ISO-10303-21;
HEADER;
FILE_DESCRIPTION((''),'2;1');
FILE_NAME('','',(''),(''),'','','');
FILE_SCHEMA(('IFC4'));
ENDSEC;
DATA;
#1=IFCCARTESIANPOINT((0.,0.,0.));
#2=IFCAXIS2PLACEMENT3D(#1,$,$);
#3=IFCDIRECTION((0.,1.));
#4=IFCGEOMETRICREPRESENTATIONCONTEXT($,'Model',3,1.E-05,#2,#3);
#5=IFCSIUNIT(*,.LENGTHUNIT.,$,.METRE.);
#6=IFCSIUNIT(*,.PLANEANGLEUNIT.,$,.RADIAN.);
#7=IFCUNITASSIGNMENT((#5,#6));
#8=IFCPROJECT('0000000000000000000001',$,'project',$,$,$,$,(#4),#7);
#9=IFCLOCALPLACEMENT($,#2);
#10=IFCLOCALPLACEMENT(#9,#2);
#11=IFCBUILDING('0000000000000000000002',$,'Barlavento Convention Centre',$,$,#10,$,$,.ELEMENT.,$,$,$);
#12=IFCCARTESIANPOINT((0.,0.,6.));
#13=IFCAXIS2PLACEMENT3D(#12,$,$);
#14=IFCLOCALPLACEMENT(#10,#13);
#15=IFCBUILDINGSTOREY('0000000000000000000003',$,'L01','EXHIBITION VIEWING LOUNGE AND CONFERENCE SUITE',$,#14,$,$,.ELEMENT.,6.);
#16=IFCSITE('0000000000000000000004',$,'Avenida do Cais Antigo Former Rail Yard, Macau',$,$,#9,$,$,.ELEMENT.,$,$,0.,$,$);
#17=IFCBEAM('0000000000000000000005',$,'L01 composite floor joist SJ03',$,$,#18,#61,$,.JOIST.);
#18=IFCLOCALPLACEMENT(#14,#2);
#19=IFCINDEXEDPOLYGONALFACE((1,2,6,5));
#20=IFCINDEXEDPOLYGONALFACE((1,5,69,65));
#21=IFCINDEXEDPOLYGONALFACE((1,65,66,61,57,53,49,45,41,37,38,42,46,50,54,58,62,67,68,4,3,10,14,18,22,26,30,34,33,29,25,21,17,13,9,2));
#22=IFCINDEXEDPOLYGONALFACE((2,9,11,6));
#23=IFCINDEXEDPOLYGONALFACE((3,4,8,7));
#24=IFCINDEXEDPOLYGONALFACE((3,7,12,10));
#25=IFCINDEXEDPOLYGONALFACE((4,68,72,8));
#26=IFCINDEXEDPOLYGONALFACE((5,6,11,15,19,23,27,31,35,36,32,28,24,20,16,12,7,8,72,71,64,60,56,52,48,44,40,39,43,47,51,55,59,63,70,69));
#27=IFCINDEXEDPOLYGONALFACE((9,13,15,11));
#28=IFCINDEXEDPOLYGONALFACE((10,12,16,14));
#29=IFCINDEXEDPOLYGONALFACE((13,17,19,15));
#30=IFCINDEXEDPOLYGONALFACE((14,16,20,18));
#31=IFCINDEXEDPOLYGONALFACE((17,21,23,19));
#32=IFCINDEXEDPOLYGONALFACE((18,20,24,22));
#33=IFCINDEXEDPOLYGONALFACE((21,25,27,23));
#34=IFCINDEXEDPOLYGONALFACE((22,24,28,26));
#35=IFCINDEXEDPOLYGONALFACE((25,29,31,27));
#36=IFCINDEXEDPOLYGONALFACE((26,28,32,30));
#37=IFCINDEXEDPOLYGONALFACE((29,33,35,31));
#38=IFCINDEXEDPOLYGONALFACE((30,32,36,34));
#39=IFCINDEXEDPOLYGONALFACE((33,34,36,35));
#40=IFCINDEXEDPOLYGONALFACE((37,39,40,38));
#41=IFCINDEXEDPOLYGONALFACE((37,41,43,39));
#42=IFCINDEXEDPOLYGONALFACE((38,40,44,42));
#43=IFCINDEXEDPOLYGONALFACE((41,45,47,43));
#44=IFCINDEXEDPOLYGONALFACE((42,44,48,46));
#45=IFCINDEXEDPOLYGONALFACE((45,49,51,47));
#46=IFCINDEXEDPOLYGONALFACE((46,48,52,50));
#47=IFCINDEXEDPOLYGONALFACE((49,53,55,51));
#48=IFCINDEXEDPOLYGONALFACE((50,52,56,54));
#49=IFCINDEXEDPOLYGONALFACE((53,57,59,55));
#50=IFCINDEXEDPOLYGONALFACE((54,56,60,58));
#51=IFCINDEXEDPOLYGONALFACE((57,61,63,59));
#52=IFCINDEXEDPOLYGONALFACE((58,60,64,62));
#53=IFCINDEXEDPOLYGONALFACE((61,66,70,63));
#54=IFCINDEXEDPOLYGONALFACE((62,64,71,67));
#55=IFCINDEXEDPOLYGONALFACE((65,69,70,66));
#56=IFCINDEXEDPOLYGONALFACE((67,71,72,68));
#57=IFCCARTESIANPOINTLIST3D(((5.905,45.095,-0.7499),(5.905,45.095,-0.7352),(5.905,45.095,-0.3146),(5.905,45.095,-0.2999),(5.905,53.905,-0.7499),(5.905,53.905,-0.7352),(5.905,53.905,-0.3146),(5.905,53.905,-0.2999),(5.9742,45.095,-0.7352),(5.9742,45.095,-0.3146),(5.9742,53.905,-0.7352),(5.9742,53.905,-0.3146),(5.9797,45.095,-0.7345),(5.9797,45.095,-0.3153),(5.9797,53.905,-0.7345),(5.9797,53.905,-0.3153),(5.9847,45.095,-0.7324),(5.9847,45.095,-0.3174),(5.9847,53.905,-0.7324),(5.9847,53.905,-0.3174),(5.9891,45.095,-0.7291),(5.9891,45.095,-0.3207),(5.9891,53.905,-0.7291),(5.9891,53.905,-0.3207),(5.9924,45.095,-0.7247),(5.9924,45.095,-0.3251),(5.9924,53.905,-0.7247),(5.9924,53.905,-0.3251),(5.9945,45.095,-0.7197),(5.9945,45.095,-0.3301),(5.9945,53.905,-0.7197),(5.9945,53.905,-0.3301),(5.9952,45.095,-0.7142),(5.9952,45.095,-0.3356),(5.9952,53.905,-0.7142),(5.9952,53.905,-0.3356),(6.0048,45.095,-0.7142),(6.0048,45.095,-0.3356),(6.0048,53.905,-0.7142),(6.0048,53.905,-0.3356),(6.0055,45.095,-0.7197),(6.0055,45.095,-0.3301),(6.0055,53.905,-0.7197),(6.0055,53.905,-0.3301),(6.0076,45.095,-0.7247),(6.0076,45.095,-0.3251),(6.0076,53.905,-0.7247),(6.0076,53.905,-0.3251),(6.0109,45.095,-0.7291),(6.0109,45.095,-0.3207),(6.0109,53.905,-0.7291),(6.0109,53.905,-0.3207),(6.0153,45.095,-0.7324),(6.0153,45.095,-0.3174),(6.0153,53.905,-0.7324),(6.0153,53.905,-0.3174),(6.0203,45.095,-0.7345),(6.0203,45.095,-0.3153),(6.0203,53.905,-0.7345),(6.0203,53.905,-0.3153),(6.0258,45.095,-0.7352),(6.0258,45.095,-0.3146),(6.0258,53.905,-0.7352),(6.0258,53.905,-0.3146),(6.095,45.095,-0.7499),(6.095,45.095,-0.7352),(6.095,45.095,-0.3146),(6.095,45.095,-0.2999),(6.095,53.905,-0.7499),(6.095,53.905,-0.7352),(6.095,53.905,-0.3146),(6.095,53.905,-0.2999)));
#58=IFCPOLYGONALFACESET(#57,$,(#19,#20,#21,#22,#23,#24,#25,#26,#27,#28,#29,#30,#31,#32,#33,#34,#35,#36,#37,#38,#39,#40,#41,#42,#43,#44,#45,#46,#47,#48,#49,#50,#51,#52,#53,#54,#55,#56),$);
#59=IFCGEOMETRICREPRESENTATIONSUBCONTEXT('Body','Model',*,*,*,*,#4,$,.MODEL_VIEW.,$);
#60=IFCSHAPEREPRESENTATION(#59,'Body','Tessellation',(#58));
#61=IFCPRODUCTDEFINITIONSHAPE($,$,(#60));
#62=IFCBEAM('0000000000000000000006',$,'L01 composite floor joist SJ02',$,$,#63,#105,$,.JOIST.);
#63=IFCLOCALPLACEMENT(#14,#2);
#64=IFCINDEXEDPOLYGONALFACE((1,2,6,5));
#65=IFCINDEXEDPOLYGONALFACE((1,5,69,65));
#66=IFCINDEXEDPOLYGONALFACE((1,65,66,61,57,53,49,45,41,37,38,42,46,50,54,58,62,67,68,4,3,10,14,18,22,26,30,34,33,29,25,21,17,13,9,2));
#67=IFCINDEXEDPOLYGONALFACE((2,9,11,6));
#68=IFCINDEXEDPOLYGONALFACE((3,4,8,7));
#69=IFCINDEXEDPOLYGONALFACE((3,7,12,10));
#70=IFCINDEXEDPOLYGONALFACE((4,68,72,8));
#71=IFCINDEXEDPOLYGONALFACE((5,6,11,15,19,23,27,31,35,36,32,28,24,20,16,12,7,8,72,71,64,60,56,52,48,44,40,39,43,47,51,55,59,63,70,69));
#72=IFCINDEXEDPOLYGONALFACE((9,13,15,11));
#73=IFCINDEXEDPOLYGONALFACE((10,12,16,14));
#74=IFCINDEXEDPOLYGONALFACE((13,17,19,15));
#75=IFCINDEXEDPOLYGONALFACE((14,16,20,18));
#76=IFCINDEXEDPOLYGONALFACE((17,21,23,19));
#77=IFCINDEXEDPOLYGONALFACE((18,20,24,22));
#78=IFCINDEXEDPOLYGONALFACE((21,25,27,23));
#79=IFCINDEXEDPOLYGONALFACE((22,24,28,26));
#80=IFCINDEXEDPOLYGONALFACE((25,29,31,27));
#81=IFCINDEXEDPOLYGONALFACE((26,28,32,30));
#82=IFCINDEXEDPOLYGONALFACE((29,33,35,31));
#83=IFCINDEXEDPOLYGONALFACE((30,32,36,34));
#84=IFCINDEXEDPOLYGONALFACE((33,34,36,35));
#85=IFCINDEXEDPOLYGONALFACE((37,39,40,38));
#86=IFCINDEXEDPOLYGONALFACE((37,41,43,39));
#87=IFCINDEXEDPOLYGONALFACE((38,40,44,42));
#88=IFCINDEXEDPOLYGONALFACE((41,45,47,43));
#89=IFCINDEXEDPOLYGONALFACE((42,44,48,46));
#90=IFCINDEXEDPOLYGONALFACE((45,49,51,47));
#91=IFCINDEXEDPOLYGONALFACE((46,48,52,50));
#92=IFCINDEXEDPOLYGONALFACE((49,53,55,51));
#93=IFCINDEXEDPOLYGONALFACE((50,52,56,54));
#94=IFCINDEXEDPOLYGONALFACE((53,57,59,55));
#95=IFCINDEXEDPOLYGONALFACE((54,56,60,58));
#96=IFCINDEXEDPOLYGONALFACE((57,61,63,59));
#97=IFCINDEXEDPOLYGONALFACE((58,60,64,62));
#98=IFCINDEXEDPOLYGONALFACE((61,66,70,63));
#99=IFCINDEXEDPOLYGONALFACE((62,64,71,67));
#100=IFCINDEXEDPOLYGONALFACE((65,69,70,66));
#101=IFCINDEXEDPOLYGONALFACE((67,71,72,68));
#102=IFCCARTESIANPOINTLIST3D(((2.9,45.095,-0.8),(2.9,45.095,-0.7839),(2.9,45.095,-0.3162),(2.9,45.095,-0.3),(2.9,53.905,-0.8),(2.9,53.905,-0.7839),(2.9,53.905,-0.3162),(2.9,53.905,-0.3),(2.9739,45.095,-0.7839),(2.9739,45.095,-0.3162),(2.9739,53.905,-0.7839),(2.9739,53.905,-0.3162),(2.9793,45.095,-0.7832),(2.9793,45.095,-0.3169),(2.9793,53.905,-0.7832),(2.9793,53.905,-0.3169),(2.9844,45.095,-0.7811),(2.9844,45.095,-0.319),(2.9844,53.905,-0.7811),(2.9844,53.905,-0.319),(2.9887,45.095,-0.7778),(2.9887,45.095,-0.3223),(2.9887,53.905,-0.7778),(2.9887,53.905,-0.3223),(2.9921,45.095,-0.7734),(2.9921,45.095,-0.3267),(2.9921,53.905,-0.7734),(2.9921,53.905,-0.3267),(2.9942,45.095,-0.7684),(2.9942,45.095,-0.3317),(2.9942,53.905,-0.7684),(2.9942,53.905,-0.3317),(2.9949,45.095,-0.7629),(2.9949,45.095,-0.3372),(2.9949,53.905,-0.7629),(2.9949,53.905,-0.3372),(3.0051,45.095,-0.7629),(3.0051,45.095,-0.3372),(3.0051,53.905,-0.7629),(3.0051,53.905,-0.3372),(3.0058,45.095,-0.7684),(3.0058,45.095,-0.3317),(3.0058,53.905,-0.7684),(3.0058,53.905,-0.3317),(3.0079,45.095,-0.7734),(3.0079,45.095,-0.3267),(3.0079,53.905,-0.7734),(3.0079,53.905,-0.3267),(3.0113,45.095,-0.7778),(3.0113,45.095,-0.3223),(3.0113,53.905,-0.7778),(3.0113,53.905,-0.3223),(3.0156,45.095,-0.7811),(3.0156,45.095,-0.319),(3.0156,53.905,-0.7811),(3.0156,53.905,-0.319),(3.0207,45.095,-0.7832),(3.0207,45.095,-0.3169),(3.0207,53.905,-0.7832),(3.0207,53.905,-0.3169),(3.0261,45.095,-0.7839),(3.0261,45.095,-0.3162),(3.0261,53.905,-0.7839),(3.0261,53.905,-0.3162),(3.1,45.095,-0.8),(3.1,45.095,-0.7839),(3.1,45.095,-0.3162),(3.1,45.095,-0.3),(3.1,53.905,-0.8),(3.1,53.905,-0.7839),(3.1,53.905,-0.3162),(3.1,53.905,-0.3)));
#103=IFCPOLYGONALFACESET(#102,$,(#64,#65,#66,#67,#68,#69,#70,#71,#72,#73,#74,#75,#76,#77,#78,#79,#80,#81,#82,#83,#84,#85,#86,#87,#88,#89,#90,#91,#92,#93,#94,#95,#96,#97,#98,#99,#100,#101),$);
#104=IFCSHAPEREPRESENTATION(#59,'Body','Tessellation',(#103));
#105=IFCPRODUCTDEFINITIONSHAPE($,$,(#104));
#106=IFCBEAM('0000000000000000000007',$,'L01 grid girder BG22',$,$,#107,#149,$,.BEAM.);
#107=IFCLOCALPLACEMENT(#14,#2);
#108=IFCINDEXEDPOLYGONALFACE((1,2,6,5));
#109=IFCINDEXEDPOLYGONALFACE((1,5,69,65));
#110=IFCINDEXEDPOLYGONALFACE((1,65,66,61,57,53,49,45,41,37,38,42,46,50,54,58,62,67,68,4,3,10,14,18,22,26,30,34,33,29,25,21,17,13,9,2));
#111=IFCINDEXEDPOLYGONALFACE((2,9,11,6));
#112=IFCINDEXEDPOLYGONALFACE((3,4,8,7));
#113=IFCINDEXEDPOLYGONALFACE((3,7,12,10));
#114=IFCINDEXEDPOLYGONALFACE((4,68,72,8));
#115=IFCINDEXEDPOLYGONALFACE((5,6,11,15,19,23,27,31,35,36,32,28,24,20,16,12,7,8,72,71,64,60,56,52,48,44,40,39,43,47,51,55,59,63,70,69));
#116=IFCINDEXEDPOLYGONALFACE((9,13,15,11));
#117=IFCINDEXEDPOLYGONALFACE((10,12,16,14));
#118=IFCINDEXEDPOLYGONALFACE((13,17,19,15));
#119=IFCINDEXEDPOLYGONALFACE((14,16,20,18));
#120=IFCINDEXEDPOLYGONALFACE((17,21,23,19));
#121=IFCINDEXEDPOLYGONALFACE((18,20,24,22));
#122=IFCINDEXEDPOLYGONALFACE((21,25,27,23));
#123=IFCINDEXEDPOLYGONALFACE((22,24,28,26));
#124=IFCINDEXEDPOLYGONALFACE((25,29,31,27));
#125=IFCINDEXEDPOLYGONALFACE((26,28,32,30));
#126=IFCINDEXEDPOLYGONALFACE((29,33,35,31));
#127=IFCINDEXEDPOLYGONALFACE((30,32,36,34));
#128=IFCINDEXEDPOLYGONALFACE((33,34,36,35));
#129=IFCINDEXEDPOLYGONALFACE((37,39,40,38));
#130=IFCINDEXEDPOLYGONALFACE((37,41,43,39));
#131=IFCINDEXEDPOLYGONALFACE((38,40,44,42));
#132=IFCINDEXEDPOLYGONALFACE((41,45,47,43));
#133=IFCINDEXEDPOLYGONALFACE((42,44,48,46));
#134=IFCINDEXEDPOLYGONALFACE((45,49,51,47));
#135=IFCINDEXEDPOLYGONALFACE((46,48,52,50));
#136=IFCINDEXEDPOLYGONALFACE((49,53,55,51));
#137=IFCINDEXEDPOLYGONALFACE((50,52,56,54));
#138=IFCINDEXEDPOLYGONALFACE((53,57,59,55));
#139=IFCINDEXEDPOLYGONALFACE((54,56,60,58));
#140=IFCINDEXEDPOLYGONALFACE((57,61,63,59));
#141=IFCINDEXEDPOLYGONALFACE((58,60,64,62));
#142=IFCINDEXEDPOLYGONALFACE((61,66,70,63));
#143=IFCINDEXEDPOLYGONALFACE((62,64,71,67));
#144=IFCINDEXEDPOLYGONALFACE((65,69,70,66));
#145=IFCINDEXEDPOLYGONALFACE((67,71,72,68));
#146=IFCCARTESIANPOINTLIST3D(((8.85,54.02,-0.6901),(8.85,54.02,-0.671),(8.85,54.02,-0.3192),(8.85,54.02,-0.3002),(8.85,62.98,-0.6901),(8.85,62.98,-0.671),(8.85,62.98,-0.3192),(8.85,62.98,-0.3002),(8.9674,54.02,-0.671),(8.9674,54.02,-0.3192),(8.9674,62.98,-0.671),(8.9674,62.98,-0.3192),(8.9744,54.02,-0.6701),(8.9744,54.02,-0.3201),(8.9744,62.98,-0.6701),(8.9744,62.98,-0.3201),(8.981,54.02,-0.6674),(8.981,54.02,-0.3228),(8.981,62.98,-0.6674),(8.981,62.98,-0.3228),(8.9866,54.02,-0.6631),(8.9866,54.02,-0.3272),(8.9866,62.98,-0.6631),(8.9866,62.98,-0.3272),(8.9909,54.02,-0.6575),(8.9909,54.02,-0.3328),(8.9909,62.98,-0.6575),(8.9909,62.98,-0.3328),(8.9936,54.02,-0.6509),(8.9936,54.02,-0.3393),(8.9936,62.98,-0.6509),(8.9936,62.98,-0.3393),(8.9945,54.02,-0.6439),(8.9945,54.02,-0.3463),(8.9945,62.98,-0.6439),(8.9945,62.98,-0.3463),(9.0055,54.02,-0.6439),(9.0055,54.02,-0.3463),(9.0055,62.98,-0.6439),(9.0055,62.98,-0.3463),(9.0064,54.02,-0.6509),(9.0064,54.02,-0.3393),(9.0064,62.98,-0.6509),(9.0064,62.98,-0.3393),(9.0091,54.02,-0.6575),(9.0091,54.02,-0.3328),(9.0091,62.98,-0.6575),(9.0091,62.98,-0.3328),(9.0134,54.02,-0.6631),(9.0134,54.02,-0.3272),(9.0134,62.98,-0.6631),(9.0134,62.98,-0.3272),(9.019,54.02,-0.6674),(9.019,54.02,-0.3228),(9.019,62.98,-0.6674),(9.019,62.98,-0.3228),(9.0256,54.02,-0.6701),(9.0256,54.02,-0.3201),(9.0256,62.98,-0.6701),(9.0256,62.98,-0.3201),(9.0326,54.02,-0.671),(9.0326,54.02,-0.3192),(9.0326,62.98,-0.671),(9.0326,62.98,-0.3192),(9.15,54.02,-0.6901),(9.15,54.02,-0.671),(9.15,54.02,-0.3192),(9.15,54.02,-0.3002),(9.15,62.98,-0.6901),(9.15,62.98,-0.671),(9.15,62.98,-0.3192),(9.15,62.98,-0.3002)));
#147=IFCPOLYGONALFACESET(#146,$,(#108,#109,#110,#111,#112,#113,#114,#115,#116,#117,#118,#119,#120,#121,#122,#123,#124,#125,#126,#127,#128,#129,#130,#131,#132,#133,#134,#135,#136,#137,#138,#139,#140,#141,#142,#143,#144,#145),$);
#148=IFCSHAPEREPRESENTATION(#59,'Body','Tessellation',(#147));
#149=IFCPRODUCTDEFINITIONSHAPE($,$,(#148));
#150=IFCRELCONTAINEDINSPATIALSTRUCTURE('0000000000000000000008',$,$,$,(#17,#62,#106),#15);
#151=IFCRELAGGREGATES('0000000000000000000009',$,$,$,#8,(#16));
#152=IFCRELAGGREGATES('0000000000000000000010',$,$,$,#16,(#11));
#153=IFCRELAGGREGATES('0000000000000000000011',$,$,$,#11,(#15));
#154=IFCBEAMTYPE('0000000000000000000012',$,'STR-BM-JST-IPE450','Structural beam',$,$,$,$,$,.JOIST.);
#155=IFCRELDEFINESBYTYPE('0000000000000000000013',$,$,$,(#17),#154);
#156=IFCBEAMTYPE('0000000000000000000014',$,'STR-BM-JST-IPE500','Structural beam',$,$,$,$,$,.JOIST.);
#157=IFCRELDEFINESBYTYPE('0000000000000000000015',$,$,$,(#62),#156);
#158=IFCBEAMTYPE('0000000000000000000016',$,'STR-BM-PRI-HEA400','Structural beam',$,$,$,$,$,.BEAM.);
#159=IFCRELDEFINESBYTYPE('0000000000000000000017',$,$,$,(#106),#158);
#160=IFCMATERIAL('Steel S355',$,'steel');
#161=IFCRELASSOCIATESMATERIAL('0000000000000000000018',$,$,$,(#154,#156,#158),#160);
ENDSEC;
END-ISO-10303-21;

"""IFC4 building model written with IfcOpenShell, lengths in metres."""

from ifc_helpers import new_model, si_unit, direction, frame, origin, origin_2d, place, context, subcontext, project, spatial, i_section, extrude, material, material_profile, profile_set, type_object, element, save


model = new_model("IFC4")

# Units and contexts
model_context = context("Model", 3, precision=1e-05, world=origin(), true_north=direction((0.0, 1.0)))
body_context = subcontext(model_context, "Body", "Model", "MODEL_VIEW")
ifc_project = project(units=[si_unit("LENGTHUNIT", "METRE"), si_unit("PLANEANGLEUNIT", "RADIAN")], contexts=[model_context])

# Site, building, storey
site_placement = place(None, origin())
site = spatial("IfcSite", under=ifc_project, at=site_placement, Name="Avenida do Cais Antigo Former Rail Yard, Macau", CompositionType="ELEMENT", RefElevation=0.0)
building_placement = place(site_placement, origin())
building = spatial("IfcBuilding", under=site, at=building_placement, Name="Barlavento Convention Centre", CompositionType="ELEMENT")
storey_placement = place(building_placement, frame((0.0, 0.0, 6.0)))
storey = spatial("IfcBuildingStorey", under=building, at=storey_placement, Name="L01", Description="EXHIBITION VIEWING LOUNGE AND CONFERENCE SUITE", CompositionType="ELEMENT", Elevation=6.0)

# Shared definitions
ifc_material_1 = material(Name="Steel S355", Category="steel")

# Beams
ifc_material_profile_1 = material_profile(ifc_material_1, i_section(OverallWidth=0.1899, OverallDepth=0.45, WebThickness=0.0095, FlangeThickness=0.0146, FilletRadius=0.021, at=origin_2d()), Name="IPE 450")
ifc_profile_set_1 = profile_set([ifc_material_profile_1], Name="Steel S355")
beam_type_1 = type_object("IfcBeamType", Name="STR-BM-JST-IPE450", Description="Structural beam", PredefinedType="JOIST", material=ifc_profile_set_1)
beam_1_placement = place(storey_placement, frame((6.0, 45.095, -0.5249), z_axis=(0.0, 1.0, 0.0), x_axis=(-1.0, 0.0, 0.0)))
element("IfcBeam", 1, at=beam_1_placement, inside=storey, type_object=beam_type_1, Name="L01 composite floor joist SJ03", PredefinedType="JOIST", context=body_context, shape_type="SweptSolid", body=[
    extrude(i_section(OverallWidth=0.1899, OverallDepth=0.45, WebThickness=0.0095, FlangeThickness=0.0146, FilletRadius=0.021, at=origin_2d()), origin(), (0.0, 0.0, 1.0), 8.8101),
])
ifc_material_profile_2 = material_profile(ifc_material_1, i_section(OverallWidth=0.2, OverallDepth=0.5, WebThickness=0.0103, FlangeThickness=0.0161, FilletRadius=0.021, at=origin_2d()), Name="IPE 500")
ifc_profile_set_2 = profile_set([ifc_material_profile_2], Name="Steel S355")
beam_type_2 = type_object("IfcBeamType", Name="STR-BM-JST-IPE500", Description="Structural beam", PredefinedType="JOIST", material=ifc_profile_set_2)
beam_2_placement = place(storey_placement, frame((3.0, 45.095, -0.55), z_axis=(0.0, 1.0, 0.0), x_axis=(-1.0, 0.0, 0.0)))
element("IfcBeam", 2, at=beam_2_placement, inside=storey, type_object=beam_type_2, Name="L01 composite floor joist SJ02", PredefinedType="JOIST", context=body_context, shape_type="SweptSolid", body=[
    extrude(i_section(OverallWidth=0.2, OverallDepth=0.5, WebThickness=0.0103, FlangeThickness=0.0161, FilletRadius=0.021, at=origin_2d()), origin(), (0.0, 0.0, 1.0), 8.8101),
])
ifc_material_profile_3 = material_profile(ifc_material_1, i_section(OverallWidth=0.3, OverallDepth=0.3899, WebThickness=0.011, FlangeThickness=0.019, FilletRadius=0.0271, at=origin_2d()), Name="HEA 400")
ifc_profile_set_3 = profile_set([ifc_material_profile_3], Name="Steel S355")
beam_type_3 = type_object("IfcBeamType", Name="STR-BM-PRI-HEA400", Description="Structural beam", PredefinedType="BEAM", material=ifc_profile_set_3)
beam_3_placement = place(storey_placement, frame((9.0, 54.02, -0.4951), z_axis=(0.0, 1.0, 0.0), x_axis=(-1.0, 0.0, 0.0)))
element("IfcBeam", 3, at=beam_3_placement, inside=storey, type_object=beam_type_3, Name="L01 grid girder BG22", PredefinedType="BEAM", context=body_context, shape_type="SweptSolid", body=[
    extrude(i_section(OverallWidth=0.3, OverallDepth=0.3899, WebThickness=0.011, FlangeThickness=0.019, FilletRadius=0.0271, at=origin_2d()), origin(), (0.0, 0.0, 1.0), 8.96),
])

save(model, "model.ifc")
